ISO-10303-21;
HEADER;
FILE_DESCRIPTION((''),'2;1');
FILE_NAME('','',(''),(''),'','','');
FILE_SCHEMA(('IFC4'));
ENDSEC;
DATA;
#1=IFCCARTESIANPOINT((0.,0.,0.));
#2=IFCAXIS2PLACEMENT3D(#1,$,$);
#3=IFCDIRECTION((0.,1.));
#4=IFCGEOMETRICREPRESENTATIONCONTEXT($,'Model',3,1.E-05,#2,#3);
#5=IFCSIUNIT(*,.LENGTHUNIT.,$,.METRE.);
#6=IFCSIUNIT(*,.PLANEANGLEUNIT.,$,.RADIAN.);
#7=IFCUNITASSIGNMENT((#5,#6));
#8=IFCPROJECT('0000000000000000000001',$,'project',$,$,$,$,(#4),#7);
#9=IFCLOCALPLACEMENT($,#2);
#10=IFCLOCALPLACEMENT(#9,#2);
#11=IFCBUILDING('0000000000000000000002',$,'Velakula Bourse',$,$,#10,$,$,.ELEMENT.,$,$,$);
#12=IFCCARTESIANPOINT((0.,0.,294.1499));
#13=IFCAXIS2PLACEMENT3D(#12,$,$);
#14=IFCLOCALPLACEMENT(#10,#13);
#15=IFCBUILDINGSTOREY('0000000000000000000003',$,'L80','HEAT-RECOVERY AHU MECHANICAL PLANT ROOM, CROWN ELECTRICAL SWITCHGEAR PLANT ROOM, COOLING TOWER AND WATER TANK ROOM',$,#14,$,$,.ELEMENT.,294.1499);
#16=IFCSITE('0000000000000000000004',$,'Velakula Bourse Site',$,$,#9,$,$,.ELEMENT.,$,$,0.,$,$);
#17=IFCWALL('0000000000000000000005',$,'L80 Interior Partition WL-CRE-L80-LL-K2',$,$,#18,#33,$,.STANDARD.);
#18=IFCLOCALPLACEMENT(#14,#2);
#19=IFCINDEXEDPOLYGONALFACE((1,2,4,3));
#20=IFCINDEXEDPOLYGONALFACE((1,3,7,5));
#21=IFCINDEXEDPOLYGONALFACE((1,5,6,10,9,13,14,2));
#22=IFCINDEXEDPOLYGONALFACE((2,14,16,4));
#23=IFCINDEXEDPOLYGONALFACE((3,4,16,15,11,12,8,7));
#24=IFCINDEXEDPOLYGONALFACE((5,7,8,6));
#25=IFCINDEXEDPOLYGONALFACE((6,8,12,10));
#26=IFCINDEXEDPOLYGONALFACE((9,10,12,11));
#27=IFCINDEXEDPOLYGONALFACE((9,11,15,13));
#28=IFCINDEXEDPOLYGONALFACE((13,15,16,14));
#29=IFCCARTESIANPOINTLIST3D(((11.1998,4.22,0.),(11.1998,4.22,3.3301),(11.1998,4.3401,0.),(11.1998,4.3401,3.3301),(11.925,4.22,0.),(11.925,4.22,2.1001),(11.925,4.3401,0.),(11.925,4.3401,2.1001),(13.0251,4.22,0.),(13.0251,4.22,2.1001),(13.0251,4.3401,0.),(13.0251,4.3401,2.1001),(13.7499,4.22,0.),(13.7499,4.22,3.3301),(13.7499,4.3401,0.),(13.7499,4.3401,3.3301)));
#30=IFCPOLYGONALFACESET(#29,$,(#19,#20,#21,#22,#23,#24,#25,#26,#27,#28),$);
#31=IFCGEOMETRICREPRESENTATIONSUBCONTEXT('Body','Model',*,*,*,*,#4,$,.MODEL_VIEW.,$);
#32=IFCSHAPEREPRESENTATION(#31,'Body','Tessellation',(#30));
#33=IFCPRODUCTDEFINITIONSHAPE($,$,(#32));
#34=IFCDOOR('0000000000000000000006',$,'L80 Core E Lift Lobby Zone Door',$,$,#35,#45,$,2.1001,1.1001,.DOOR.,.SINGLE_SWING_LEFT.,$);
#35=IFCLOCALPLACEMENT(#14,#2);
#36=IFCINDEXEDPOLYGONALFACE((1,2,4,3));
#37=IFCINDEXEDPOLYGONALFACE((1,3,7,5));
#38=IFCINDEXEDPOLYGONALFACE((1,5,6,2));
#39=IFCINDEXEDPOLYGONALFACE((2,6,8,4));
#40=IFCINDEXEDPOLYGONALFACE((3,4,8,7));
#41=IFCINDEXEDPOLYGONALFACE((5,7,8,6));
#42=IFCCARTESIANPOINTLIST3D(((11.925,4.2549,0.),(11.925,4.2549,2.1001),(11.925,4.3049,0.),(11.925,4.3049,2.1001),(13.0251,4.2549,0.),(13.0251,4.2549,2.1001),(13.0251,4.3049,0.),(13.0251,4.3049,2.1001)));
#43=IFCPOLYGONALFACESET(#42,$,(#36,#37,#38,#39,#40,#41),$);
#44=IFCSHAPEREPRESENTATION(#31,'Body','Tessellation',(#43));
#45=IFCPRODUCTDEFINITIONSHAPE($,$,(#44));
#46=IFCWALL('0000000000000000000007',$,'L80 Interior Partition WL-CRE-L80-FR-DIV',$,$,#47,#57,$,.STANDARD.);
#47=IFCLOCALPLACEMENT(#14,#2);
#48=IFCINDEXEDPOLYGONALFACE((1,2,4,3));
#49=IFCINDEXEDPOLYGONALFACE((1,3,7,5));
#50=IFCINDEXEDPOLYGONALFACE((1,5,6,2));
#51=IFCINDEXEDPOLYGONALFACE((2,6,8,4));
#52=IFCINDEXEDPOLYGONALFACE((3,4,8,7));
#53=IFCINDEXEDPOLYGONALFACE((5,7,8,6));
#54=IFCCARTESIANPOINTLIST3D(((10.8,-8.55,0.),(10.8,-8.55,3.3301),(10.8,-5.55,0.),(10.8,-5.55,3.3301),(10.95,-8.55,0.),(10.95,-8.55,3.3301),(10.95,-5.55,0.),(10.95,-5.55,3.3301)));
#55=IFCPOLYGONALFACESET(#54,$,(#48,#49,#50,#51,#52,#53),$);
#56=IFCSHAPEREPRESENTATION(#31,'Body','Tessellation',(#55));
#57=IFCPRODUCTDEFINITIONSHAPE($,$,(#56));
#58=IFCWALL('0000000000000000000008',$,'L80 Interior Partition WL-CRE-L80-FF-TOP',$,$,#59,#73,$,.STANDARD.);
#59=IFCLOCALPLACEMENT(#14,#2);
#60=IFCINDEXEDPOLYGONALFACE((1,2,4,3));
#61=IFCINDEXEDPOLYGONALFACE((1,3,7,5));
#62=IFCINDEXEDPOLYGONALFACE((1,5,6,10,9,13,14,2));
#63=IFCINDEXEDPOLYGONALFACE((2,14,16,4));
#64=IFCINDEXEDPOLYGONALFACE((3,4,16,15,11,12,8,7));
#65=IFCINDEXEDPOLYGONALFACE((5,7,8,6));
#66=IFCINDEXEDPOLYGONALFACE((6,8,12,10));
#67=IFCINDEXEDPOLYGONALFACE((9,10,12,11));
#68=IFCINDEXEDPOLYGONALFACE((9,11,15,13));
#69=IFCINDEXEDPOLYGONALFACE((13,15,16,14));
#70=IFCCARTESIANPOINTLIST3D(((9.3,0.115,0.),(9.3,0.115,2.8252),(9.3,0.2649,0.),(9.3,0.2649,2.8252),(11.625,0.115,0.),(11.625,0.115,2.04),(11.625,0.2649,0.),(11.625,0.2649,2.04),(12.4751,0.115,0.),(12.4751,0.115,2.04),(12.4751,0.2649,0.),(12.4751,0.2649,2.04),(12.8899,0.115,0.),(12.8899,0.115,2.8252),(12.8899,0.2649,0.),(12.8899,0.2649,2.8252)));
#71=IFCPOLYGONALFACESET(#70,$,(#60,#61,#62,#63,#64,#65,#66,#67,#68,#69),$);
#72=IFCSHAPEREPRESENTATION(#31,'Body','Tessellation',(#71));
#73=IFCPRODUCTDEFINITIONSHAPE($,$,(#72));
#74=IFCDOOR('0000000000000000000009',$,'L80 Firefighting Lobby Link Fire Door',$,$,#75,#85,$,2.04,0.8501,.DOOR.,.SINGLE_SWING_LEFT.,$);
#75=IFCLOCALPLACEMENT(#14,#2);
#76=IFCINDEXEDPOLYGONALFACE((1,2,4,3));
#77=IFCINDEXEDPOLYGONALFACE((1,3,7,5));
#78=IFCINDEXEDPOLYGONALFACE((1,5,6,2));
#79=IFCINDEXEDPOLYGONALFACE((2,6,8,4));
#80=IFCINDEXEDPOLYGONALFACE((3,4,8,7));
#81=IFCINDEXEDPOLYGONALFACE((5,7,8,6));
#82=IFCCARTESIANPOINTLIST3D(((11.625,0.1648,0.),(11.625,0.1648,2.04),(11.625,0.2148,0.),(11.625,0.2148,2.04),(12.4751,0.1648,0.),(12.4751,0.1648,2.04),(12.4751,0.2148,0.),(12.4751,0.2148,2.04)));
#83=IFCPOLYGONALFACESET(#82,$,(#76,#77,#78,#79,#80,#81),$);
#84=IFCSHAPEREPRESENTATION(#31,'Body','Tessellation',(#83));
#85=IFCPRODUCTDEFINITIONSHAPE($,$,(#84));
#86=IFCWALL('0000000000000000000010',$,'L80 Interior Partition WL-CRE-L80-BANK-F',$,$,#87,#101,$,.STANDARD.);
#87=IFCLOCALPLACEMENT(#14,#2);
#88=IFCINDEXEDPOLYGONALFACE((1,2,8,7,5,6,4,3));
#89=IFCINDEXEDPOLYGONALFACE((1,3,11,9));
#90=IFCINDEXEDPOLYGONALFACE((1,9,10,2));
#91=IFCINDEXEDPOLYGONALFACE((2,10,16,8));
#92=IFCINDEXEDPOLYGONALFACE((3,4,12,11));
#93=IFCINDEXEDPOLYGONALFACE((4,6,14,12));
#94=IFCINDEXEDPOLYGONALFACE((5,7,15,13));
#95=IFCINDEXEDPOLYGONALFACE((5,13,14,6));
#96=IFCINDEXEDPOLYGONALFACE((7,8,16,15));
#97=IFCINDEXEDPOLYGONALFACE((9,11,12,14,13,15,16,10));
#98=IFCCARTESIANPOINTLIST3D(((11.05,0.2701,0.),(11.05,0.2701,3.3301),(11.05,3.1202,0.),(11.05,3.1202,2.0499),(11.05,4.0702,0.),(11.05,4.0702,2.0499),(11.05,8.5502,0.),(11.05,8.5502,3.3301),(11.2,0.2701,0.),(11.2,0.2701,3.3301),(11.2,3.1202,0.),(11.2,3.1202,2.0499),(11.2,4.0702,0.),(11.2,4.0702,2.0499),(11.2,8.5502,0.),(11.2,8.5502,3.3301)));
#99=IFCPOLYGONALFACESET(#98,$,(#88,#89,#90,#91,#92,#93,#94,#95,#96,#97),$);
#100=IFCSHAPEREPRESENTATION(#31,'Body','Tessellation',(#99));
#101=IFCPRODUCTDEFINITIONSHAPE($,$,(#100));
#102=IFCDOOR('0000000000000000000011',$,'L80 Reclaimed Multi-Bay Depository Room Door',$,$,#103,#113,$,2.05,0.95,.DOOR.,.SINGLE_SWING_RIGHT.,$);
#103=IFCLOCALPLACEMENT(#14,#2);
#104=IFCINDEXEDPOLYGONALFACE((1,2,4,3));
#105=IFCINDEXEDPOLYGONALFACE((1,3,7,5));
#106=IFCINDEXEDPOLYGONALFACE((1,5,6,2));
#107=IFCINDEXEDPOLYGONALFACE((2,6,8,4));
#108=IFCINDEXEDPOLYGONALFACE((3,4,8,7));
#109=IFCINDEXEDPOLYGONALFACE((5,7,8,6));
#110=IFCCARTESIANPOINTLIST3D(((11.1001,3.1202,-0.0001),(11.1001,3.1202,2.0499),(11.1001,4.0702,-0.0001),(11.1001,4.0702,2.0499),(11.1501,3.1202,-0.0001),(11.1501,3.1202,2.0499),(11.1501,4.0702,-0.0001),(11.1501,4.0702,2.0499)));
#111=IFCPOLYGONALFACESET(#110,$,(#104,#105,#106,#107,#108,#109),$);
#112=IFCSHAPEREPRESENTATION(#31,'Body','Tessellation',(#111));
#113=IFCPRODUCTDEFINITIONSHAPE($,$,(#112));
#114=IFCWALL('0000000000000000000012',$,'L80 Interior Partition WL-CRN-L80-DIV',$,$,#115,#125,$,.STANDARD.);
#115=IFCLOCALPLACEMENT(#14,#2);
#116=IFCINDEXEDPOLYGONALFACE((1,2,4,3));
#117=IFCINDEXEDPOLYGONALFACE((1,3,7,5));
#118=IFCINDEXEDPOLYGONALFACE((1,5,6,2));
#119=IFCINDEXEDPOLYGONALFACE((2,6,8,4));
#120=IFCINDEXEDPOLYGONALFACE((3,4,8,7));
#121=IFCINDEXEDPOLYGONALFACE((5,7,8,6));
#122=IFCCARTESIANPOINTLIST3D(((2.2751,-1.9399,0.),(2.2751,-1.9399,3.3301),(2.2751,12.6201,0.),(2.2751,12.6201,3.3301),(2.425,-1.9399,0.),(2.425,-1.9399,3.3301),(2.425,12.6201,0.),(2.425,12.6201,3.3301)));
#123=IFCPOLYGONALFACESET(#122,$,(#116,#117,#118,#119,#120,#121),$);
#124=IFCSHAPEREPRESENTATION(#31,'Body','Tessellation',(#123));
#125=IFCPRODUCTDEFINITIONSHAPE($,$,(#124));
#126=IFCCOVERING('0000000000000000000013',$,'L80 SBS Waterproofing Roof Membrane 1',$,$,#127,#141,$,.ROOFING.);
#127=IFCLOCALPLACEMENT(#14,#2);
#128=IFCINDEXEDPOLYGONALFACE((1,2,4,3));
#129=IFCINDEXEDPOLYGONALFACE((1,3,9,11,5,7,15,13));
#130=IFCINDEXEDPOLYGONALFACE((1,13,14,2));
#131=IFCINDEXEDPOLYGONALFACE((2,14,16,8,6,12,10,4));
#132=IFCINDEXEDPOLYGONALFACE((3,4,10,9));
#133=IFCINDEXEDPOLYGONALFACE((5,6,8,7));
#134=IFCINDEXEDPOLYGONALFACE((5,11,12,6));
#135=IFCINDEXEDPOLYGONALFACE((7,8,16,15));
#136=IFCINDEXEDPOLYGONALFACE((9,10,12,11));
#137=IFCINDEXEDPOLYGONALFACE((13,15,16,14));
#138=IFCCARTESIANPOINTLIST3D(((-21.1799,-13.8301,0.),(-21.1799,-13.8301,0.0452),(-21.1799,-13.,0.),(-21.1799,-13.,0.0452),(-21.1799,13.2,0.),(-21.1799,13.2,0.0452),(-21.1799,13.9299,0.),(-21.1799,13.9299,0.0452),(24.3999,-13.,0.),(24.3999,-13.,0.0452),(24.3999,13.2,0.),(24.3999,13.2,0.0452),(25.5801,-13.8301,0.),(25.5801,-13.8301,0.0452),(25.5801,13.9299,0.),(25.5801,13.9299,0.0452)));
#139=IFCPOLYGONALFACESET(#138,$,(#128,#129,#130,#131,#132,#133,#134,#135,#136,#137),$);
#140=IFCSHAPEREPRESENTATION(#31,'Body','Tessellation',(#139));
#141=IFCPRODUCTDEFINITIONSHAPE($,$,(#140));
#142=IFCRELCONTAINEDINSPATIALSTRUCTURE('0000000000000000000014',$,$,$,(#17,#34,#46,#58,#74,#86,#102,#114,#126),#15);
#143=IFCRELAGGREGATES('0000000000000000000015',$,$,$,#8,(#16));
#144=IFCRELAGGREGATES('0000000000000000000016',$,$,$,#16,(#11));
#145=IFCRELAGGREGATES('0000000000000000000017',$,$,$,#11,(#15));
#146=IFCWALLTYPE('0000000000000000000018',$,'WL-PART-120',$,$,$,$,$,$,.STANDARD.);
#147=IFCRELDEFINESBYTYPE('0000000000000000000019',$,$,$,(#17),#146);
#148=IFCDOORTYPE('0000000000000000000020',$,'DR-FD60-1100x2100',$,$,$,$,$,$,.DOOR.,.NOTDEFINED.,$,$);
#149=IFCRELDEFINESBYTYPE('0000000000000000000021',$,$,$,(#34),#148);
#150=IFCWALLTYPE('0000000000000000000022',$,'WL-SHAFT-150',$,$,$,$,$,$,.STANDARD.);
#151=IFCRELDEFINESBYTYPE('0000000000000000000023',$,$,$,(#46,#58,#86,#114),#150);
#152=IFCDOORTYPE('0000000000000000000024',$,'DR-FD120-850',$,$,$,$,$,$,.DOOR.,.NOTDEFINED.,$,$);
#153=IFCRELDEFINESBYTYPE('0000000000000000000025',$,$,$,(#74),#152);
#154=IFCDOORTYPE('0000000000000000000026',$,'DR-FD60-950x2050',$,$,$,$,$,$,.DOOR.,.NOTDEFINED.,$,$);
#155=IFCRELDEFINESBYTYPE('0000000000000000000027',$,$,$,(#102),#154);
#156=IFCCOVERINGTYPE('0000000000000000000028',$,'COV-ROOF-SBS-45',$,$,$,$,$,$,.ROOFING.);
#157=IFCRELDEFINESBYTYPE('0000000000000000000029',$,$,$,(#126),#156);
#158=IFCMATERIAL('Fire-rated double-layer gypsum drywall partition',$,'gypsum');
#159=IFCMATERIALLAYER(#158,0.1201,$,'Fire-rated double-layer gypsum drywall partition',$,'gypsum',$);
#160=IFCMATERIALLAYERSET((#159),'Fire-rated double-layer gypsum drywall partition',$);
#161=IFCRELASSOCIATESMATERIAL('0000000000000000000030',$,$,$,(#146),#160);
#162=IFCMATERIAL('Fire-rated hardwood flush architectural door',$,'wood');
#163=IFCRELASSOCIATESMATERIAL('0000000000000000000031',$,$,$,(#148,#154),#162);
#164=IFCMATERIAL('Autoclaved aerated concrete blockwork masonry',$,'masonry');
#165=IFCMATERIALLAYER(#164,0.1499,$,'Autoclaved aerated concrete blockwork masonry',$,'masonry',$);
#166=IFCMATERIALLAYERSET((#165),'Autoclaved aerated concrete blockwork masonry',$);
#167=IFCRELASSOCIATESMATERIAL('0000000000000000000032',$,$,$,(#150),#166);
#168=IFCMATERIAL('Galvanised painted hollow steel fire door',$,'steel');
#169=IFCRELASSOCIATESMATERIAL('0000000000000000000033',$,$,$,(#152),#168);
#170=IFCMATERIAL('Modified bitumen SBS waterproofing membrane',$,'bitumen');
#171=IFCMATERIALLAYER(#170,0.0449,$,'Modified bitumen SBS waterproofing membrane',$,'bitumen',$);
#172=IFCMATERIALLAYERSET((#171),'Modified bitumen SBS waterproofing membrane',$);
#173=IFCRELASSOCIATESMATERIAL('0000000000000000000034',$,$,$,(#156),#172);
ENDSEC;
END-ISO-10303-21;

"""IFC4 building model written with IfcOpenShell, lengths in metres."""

from ifc_helpers import new_model, si_unit, direction, frame, frame_2d, origin, place, context, subcontext, project, spatial, polyline, rectangle, outline, extrude, material, layer, layer_set, type_object, element, fill, save


model = new_model("IFC4")

# Units and contexts
model_context = context("Model", 3, precision=1e-05, world=origin(), true_north=direction((0.0, 1.0)))
body_context = subcontext(model_context, "Body", "Model", "MODEL_VIEW")
ifc_project = project(units=[si_unit("LENGTHUNIT", "METRE"), si_unit("PLANEANGLEUNIT", "RADIAN")], contexts=[model_context])

# Site, building, storey
site_placement = place(None, origin())
site = spatial("IfcSite", under=ifc_project, at=site_placement, Name="Velakula Bourse Site", CompositionType="ELEMENT", RefElevation=0.0)
building_placement = place(site_placement, origin())
building = spatial("IfcBuilding", under=site, at=building_placement, Name="Velakula Bourse", CompositionType="ELEMENT")
storey_placement = place(building_placement, frame((0.0, 0.0, 294.1499)))
storey = spatial("IfcBuildingStorey", under=building, at=storey_placement, Name="L80", Description="HEAT-RECOVERY AHU MECHANICAL PLANT ROOM, CROWN ELECTRICAL SWITCHGEAR PLANT ROOM, COOLING TOWER AND WATER TANK ROOM", CompositionType="ELEMENT", Elevation=294.1499)

# Wall, opening, door
ifc_material_1 = material(Name="Galvanised painted hollow steel fire door", Category="steel")
ifc_material_2 = material(Name="Fire-rated double-layer gypsum drywall partition", Category="gypsum")
ifc_layer_1 = layer(ifc_material_2, 0.1201, Name="Fire-rated double-layer gypsum drywall partition", Category="gypsum")
ifc_layer_set_1 = layer_set([ifc_layer_1], Name="Fire-rated double-layer gypsum drywall partition")
wall_type_1 = type_object("IfcWallType", Name="WL-PART-120", PredefinedType="STANDARD", material=ifc_layer_set_1)
wall_1_placement = place(storey_placement, frame((11.2, 4.28, 0.0), z_axis=(0.0, 0.0, 1.0), x_axis=(1.0, 0.0, 0.0)))
wall_1 = element("IfcWall", 1, at=wall_1_placement, inside=storey, type_object=wall_type_1, Name="L80 Interior Partition WL-CRE-L80-LL-K2", PredefinedType="STANDARD", context=body_context, shape_type="SweptSolid", body=[
    extrude(rectangle(XDim=2.55, YDim=0.1201, at=frame_2d((1.2749, 0.0))), origin(), (0.0, 0.0, 1.0), 3.3301),
])
opening_1_placement = place(wall_1_placement, frame((0.7251, 0.0, 0.0)))
opening_1 = element("IfcOpeningElement", 2, at=opening_1_placement, cuts=wall_1, PredefinedType="OPENING", context=body_context, shape_type="SweptSolid", body=[
    extrude(rectangle(XDim=1.1001, YDim=2.1001, at=frame_2d((0.55, 1.05))), frame((0.0, 0.0701, 0.0), z_axis=(0.0, -1.0, 0.0), x_axis=(1.0, 0.0, 0.0)), (0.0, 0.0, 1.0), 0.1401),
])
ifc_material_3 = material(Name="Fire-rated hardwood flush architectural door", Category="wood")
door_type_1 = type_object("IfcDoorType", Name="DR-FD60-1100x2100", OperationType="NOTDEFINED", PredefinedType="DOOR", material=ifc_material_3)
door_1_placement = place(opening_1_placement, origin())
door_1 = element("IfcDoor", 3, at=door_1_placement, inside=storey, type_object=door_type_1, Name="L80 Core E Lift Lobby Zone Door", OperationType="SINGLE_SWING_LEFT", OverallHeight=2.1001, OverallWidth=1.1001, PredefinedType="DOOR", context=body_context, shape_type="SweptSolid", body=[
    extrude(rectangle(XDim=1.1001, YDim=2.1001, at=frame_2d((0.55, 1.05))), frame((0.0, 0.0249, 0.0), z_axis=(0.0, -1.0, 0.0), x_axis=(1.0, 0.0, 0.0)), (0.0, 0.0, 1.0), 0.05),
])
fill(opening_1, door_1)

# Shared definitions
ifc_material_4 = material(Name="Autoclaved aerated concrete blockwork masonry", Category="masonry")
ifc_layer_2 = layer(ifc_material_4, 0.1499, Name="Autoclaved aerated concrete blockwork masonry", Category="masonry")
ifc_layer_set_2 = layer_set([ifc_layer_2], Name="Autoclaved aerated concrete blockwork masonry")
wall_type_2 = type_object("IfcWallType", Name="WL-SHAFT-150", PredefinedType="STANDARD", material=ifc_layer_set_2)

# Wall
wall_2_placement = place(storey_placement, frame((10.875, -8.55, 0.0), z_axis=(0.0, 0.0, 1.0), x_axis=(0.0, 1.0, 0.0)))
element("IfcWall", 4, at=wall_2_placement, inside=storey, type_object=wall_type_2, Name="L80 Interior Partition WL-CRE-L80-FR-DIV", PredefinedType="STANDARD", context=body_context, shape_type="SweptSolid", body=[
    extrude(rectangle(XDim=3.0, YDim=0.1499, at=frame_2d((1.5, 0.0))), origin(), (0.0, 0.0, 1.0), 3.3301),
])

# Walls, openings, doors
wall_3_placement = place(storey_placement, frame((9.3, 0.1899, 0.0), z_axis=(0.0, 0.0, 1.0), x_axis=(1.0, 0.0, 0.0)))
wall_3 = element("IfcWall", 5, at=wall_3_placement, inside=storey, type_object=wall_type_2, Name="L80 Interior Partition WL-CRE-L80-FF-TOP", PredefinedType="STANDARD", context=body_context, shape_type="SweptSolid", body=[
    extrude(rectangle(XDim=3.5898, YDim=0.1499, at=frame_2d((1.7949, 0.0))), origin(), (0.0, 0.0, 1.0), 2.8252),
])
opening_2_placement = place(wall_3_placement, frame((2.325, 0.0, 0.0)))
opening_2 = element("IfcOpeningElement", 6, at=opening_2_placement, cuts=wall_3, PredefinedType="OPENING", context=body_context, shape_type="SweptSolid", body=[
    extrude(rectangle(XDim=0.8501, YDim=2.04, at=frame_2d((0.425, 1.02))), frame((0.0, 0.085, 0.0), z_axis=(0.0, -1.0, 0.0), x_axis=(1.0, 0.0, 0.0)), (0.0, 0.0, 1.0), 0.1699),
])
door_type_2 = type_object("IfcDoorType", Name="DR-FD120-850", OperationType="NOTDEFINED", PredefinedType="DOOR", material=ifc_material_1)
door_2_placement = place(opening_2_placement, origin())
door_2 = element("IfcDoor", 7, at=door_2_placement, inside=storey, type_object=door_type_2, Name="L80 Firefighting Lobby Link Fire Door", OperationType="SINGLE_SWING_LEFT", OverallHeight=2.04, OverallWidth=0.8501, PredefinedType="DOOR", context=body_context, shape_type="SweptSolid", body=[
    extrude(rectangle(XDim=0.8501, YDim=2.04, at=frame_2d((0.425, 1.02))), frame((0.0, 0.0249, 0.0), z_axis=(0.0, -1.0, 0.0), x_axis=(1.0, 0.0, 0.0)), (0.0, 0.0, 1.0), 0.05),
])
fill(opening_2, door_2)
wall_4_placement = place(storey_placement, frame((11.125, 0.27, 0.0), z_axis=(0.0, 0.0, 1.0), x_axis=(0.0, 1.0, 0.0)))
wall_4 = element("IfcWall", 8, at=wall_4_placement, inside=storey, type_object=wall_type_2, Name="L80 Interior Partition WL-CRE-L80-BANK-F", PredefinedType="STANDARD", context=body_context, shape_type="SweptSolid", body=[
    extrude(rectangle(XDim=8.28, YDim=0.1499, at=frame_2d((4.1401, 0.0))), origin(), (0.0, 0.0, 1.0), 3.3301),
])
opening_3_placement = place(wall_4_placement, frame((2.8501, 0.0, 0.0)))
opening_3 = element("IfcOpeningElement", 9, at=opening_3_placement, cuts=wall_4, PredefinedType="OPENING", context=body_context, shape_type="SweptSolid", body=[
    extrude(rectangle(XDim=0.95, YDim=2.05, at=frame_2d((0.4751, 1.0249))), frame((0.0, 0.085, 0.0), z_axis=(0.0, -1.0, 0.0), x_axis=(1.0, 0.0, 0.0)), (0.0, 0.0, 1.0), 0.1699),
])
door_type_3 = type_object("IfcDoorType", Name="DR-FD60-950x2050", OperationType="NOTDEFINED", PredefinedType="DOOR", material=ifc_material_3)
door_3_placement = place(opening_3_placement, origin())
door_3 = element("IfcDoor", 10, at=door_3_placement, inside=storey, type_object=door_type_3, Name="L80 Reclaimed Multi-Bay Depository Room Door", OperationType="SINGLE_SWING_RIGHT", OverallHeight=2.05, OverallWidth=0.95, PredefinedType="DOOR", context=body_context, shape_type="SweptSolid", body=[
    extrude(rectangle(XDim=0.95, YDim=2.05, at=frame_2d((0.4751, 1.0249))), frame((0.0, 0.0249, 0.0), z_axis=(0.0, -1.0, 0.0), x_axis=(1.0, 0.0, 0.0)), (0.0, 0.0, 1.0), 0.05),
])
fill(opening_3, door_3)

# Wall
wall_5_placement = place(storey_placement, frame((2.3501, -1.9399, 0.0), z_axis=(0.0, 0.0, 1.0), x_axis=(0.0, 1.0, 0.0)))
element("IfcWall", 11, at=wall_5_placement, inside=storey, type_object=wall_type_2, Name="L80 Interior Partition WL-CRN-L80-DIV", PredefinedType="STANDARD", context=body_context, shape_type="SweptSolid", body=[
    extrude(rectangle(XDim=14.5601, YDim=0.1499, at=frame_2d((7.28, 0.0))), origin(), (0.0, 0.0, 1.0), 3.3301),
])

# Covering
ifc_material_5 = material(Name="Modified bitumen SBS waterproofing membrane", Category="bitumen")
ifc_layer_3 = layer(ifc_material_5, 0.0449, Name="Modified bitumen SBS waterproofing membrane", Category="bitumen")
ifc_layer_set_3 = layer_set([ifc_layer_3], Name="Modified bitumen SBS waterproofing membrane")
covering_type = type_object("IfcCoveringType", Name="COV-ROOF-SBS-45", PredefinedType="ROOFING", material=ifc_layer_set_3)
covering_placement = place(storey_placement, origin())
element("IfcCovering", 12, at=covering_placement, inside=storey, type_object=covering_type, Name="L80 SBS Waterproofing Roof Membrane 1", PredefinedType="ROOFING", context=body_context, shape_type="SweptSolid", body=[
    extrude(outline(polyline([(-21.1799, -13.0), (24.3999, -13.0), (24.3999, 13.2), (-21.1799, 13.2), (-21.1799, 13.9299), (25.5801, 13.9299), (25.5801, -13.8301), (-21.1799, -13.8301), (-21.1799, -13.0)])), origin(), (0.0, 0.0, 1.0), 0.0452),
])

save(model, "model.ifc")
